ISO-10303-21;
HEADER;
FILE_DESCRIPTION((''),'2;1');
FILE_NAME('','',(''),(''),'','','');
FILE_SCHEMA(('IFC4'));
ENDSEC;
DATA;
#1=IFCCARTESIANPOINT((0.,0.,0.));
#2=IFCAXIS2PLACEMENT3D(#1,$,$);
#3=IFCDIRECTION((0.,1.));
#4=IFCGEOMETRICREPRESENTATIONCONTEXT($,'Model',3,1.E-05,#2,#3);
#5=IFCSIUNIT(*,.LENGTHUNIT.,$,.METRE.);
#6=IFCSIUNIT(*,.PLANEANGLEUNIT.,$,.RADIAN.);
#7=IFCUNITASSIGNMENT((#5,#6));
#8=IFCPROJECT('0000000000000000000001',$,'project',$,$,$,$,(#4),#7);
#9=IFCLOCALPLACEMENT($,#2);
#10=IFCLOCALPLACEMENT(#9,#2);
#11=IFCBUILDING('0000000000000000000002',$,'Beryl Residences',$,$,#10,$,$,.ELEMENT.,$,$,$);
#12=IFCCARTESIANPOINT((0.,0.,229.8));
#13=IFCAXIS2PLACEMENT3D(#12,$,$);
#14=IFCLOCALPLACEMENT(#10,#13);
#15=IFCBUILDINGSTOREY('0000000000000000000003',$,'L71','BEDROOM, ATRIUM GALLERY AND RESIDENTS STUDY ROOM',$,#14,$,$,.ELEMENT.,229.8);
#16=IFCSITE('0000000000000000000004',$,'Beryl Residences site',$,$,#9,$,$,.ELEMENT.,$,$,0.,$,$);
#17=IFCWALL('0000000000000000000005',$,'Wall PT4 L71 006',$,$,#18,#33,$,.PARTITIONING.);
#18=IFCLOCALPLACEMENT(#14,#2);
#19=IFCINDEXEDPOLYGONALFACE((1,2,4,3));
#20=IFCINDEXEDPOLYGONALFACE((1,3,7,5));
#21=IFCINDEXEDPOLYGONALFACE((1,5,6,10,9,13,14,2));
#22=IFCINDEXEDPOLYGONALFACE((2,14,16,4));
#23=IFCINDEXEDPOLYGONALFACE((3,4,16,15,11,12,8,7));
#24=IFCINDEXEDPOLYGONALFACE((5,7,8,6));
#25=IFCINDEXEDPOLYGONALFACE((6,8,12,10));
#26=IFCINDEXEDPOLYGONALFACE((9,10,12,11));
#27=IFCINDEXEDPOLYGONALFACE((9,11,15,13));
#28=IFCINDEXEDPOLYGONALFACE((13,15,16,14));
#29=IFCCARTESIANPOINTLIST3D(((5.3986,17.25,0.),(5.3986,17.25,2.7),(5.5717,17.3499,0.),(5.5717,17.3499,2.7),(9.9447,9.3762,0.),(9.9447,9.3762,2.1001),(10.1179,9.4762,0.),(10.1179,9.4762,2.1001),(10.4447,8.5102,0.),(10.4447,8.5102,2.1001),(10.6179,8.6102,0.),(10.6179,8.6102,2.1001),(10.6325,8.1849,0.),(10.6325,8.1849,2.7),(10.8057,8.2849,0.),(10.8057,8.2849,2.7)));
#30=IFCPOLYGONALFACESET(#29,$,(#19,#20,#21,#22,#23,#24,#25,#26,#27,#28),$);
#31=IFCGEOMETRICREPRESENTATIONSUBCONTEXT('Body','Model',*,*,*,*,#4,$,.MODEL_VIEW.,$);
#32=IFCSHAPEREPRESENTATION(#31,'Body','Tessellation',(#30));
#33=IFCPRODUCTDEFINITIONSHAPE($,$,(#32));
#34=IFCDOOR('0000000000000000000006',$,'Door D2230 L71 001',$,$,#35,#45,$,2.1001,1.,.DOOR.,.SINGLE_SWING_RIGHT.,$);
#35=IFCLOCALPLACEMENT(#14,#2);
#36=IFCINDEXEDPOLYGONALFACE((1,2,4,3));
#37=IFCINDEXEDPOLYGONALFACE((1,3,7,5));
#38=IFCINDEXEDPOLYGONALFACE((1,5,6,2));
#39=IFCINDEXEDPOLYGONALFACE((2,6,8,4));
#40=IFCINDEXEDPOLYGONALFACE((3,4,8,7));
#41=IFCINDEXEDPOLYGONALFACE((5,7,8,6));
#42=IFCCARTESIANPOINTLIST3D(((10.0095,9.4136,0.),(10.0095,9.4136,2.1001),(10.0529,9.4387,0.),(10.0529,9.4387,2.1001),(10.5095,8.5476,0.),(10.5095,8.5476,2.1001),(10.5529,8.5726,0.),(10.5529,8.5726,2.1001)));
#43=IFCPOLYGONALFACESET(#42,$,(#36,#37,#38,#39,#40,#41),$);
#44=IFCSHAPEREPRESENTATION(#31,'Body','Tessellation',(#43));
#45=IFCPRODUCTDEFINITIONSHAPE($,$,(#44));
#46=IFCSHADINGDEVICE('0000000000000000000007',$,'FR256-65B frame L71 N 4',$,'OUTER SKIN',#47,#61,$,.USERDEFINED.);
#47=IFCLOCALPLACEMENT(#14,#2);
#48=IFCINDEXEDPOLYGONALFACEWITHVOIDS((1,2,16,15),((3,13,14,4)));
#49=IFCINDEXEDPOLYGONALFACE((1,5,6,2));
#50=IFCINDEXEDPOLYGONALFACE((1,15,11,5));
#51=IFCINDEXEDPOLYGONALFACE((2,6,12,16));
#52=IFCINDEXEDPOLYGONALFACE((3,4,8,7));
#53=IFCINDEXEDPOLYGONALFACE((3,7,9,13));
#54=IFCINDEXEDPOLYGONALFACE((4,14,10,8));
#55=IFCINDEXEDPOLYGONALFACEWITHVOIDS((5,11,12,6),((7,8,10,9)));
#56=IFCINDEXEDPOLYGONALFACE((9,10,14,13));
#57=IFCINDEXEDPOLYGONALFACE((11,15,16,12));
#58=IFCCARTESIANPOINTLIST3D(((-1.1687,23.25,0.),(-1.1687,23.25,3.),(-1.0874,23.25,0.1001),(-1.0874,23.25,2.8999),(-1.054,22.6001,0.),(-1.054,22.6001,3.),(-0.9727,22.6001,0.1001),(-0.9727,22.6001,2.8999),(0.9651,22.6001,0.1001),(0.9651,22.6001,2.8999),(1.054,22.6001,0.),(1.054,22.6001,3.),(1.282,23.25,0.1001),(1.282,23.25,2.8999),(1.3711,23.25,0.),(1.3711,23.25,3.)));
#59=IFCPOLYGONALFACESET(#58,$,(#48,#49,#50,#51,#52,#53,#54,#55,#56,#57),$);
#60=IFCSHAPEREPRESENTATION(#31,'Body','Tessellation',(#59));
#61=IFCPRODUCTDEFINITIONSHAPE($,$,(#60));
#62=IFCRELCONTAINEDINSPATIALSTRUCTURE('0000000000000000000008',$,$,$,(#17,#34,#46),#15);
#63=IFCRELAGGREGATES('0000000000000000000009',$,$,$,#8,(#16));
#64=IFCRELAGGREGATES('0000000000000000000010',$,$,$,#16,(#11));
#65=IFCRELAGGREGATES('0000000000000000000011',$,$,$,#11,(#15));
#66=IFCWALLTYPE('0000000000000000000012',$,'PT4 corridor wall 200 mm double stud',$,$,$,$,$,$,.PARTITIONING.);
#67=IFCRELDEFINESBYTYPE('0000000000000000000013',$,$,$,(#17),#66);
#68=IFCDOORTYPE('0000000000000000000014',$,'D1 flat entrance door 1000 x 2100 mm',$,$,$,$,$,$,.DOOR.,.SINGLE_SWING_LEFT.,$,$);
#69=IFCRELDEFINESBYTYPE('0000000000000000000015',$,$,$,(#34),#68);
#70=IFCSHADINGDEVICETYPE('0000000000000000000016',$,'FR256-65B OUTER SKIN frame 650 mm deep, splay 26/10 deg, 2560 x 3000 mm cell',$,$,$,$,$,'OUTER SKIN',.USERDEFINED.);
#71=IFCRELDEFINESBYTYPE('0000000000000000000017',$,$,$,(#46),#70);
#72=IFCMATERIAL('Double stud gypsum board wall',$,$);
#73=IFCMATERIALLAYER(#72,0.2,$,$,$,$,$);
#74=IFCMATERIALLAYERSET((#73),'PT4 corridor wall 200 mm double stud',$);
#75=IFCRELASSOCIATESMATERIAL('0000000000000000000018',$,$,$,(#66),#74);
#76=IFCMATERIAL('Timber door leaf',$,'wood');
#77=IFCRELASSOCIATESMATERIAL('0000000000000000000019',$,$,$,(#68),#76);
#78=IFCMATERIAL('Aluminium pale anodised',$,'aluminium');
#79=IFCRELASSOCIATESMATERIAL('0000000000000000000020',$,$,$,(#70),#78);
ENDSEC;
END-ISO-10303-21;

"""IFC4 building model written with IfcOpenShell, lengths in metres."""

from ifc_helpers import new_model, entity, si_unit, direction, frame, frame_2d, origin, place, context, subcontext, project, spatial, rectangle, extrude, source, transform, mapped, material, layer, layer_set, type_object, type_shapes, element, fill, save


model = new_model("IFC4")

# Units and contexts
model_context = context("Model", 3, precision=1e-05, world=origin(), true_north=direction((0.0, 1.0)))
body_context = subcontext(model_context, "Body", "Model", "MODEL_VIEW")
ifc_project = project(units=[si_unit("LENGTHUNIT", "METRE"), si_unit("PLANEANGLEUNIT", "RADIAN")], contexts=[model_context])

# Site, building, storey
site_placement = place(None, origin())
site = spatial("IfcSite", under=ifc_project, at=site_placement, Name="Beryl Residences site", CompositionType="ELEMENT", RefElevation=0.0)
building_placement = place(site_placement, origin())
building = spatial("IfcBuilding", under=site, at=building_placement, Name="Beryl Residences", CompositionType="ELEMENT")
storey_placement = place(building_placement, frame((0.0, 0.0, 229.8)))
storey = spatial("IfcBuildingStorey", under=building, at=storey_placement, Name="L71", Description="BEDROOM, ATRIUM GALLERY AND RESIDENTS STUDY ROOM", CompositionType="ELEMENT", Elevation=229.8)

# Wall, opening, door
ifc_material_1 = material(Name="Double stud gypsum board wall")
ifc_layer_1 = layer(ifc_material_1, 0.2)
ifc_layer_set_1 = layer_set([ifc_layer_1], Name="PT4 corridor wall 200 mm double stud")
wall_type_1 = type_object("IfcWallType", Name="PT4 corridor wall 200 mm double stud", PredefinedType="PARTITIONING", material=ifc_layer_set_1)
wall_1_placement = place(storey_placement, frame((5.4851, 17.3, 0.0), z_axis=(0.0, 0.0, 1.0), x_axis=(0.500017, -0.866015, 0.0)))
wall_1 = element("IfcWall", 1, at=wall_1_placement, inside=storey, type_object=wall_type_1, Name="Wall PT4 L71 006", PredefinedType="PARTITIONING", context=body_context, shape_type="SweptSolid", body=[
    extrude(rectangle(XDim=10.4675, YDim=0.2, at=frame_2d((5.2339, 0.0))), origin(), (0.0, 0.0, 1.0), 2.7),
])
opening_1_placement = place(wall_1_placement, frame((9.092, 0.0, 0.0)))
opening_1 = element("IfcOpeningElement", 2, at=opening_1_placement, cuts=wall_1, PredefinedType="OPENING", context=body_context, shape_type="SweptSolid", body=[
    extrude(rectangle(XDim=1.0, YDim=2.1001, at=frame_2d((0.5, 1.05))), frame((0.0, 0.1099, 0.0), z_axis=(0.0, -1.0, 0.0), x_axis=(1.0, 0.0, 0.0)), (0.0, 0.0, 1.0), 0.22),
])
ifc_material_2 = material(Name="Timber door leaf", Category="wood")
door_type_1 = type_object("IfcDoorType", Name="D1 flat entrance door 1000 x 2100 mm", OperationType="SINGLE_SWING_LEFT", PredefinedType="DOOR", material=ifc_material_2)
door_1_placement = place(opening_1_placement, origin())
door_1 = element("IfcDoor", 3, at=door_1_placement, inside=storey, type_object=door_type_1, Name="Door D2230 L71 001", OperationType="SINGLE_SWING_RIGHT", OverallHeight=2.1001, OverallWidth=1.0, PredefinedType="DOOR", context=body_context, shape_type="SweptSolid", body=[
    extrude(rectangle(XDim=1.0, YDim=2.1001, at=frame_2d((0.5, 1.05))), frame((0.0, 0.0249, 0.0), z_axis=(0.0, -1.0, 0.0), x_axis=(1.0, 0.0, 0.0)), (0.0, 0.0, 1.0), 0.05),
])
fill(opening_1, door_1)

# Shading device
ifc_material_3 = material(Name="Aluminium pale anodised", Category="aluminium")
shading_device_type_1 = type_object("IfcShadingDeviceType", Name="FR256-65B OUTER SKIN frame 650 mm deep, splay 26/10 deg, 2560 x 3000 mm cell", ElementType="OUTER SKIN", PredefinedType="USERDEFINED", material=ifc_material_3)
cartesian_point_1 = entity("IfcCartesianPoint", [-1.054, 0.0])
cartesian_point_2 = entity("IfcCartesianPoint", [-0.9651, 0.1001])
cartesian_point_3 = entity("IfcCartesianPoint", [-1.3711, 0.0])
cartesian_point_4 = entity("IfcCartesianPoint", [-1.282, 0.1001])
shared_shape_1 = source(origin(), body_context, "Body", "SweptSolid", [
    entity("IfcExtrudedAreaSolidTapered", entity("IfcArbitraryProfileDefWithVoids", "AREA", None, entity("IfcPolyline", [cartesian_point_1, entity("IfcCartesianPoint", [1.054, 0.0]), entity("IfcCartesianPoint", [1.054, 3.0]), entity("IfcCartesianPoint", [-1.054, 3.0]), cartesian_point_1]), [entity("IfcPolyline", [cartesian_point_2, entity("IfcCartesianPoint", [0.9727, 0.1001]), entity("IfcCartesianPoint", [0.9727, 2.8999]), entity("IfcCartesianPoint", [-0.9651, 2.8999]), cartesian_point_2])]), entity("IfcAxis2Placement3D", entity("IfcCartesianPoint", [0.0, 0.0, 0.0]), entity("IfcDirection", [0.0, 1.0, 0.0]), entity("IfcDirection", [-1.0, 0.0, 0.0])), entity("IfcDirection", [0.0, 0.0, 1.0]), 0.6499, entity("IfcArbitraryProfileDefWithVoids", "AREA", None, entity("IfcPolyline", [cartesian_point_3, entity("IfcCartesianPoint", [1.1687, 0.0]), entity("IfcCartesianPoint", [1.1687, 3.0]), entity("IfcCartesianPoint", [-1.3711, 3.0]), cartesian_point_3]), [entity("IfcPolyline", [cartesian_point_4, entity("IfcCartesianPoint", [1.0874, 0.1001]), entity("IfcCartesianPoint", [1.0874, 2.8999]), entity("IfcCartesianPoint", [-1.282, 2.8999]), cartesian_point_4])])),
])
type_shapes(shading_device_type_1, [shared_shape_1])
for number, where, z_axis, x_axis, name in (
    (4, (0.0, 22.6001, 0.0), (0.0, 0.0, 1.0), (1.0, 0.0, 0.0), "FR256-65B frame L71 N 4"),
):
    element("IfcShadingDevice", number, at=place(storey_placement, frame(where, z_axis=z_axis, x_axis=x_axis)), inside=storey, type_object=shading_device_type_1, Name=name, ObjectType="OUTER SKIN", PredefinedType="USERDEFINED", context=body_context, shape_type="MappedRepresentation", body=[
        mapped(shared_shape_1, transform((0.0, 0.0, 0.0))),
    ])

save(model, "model.ifc")
